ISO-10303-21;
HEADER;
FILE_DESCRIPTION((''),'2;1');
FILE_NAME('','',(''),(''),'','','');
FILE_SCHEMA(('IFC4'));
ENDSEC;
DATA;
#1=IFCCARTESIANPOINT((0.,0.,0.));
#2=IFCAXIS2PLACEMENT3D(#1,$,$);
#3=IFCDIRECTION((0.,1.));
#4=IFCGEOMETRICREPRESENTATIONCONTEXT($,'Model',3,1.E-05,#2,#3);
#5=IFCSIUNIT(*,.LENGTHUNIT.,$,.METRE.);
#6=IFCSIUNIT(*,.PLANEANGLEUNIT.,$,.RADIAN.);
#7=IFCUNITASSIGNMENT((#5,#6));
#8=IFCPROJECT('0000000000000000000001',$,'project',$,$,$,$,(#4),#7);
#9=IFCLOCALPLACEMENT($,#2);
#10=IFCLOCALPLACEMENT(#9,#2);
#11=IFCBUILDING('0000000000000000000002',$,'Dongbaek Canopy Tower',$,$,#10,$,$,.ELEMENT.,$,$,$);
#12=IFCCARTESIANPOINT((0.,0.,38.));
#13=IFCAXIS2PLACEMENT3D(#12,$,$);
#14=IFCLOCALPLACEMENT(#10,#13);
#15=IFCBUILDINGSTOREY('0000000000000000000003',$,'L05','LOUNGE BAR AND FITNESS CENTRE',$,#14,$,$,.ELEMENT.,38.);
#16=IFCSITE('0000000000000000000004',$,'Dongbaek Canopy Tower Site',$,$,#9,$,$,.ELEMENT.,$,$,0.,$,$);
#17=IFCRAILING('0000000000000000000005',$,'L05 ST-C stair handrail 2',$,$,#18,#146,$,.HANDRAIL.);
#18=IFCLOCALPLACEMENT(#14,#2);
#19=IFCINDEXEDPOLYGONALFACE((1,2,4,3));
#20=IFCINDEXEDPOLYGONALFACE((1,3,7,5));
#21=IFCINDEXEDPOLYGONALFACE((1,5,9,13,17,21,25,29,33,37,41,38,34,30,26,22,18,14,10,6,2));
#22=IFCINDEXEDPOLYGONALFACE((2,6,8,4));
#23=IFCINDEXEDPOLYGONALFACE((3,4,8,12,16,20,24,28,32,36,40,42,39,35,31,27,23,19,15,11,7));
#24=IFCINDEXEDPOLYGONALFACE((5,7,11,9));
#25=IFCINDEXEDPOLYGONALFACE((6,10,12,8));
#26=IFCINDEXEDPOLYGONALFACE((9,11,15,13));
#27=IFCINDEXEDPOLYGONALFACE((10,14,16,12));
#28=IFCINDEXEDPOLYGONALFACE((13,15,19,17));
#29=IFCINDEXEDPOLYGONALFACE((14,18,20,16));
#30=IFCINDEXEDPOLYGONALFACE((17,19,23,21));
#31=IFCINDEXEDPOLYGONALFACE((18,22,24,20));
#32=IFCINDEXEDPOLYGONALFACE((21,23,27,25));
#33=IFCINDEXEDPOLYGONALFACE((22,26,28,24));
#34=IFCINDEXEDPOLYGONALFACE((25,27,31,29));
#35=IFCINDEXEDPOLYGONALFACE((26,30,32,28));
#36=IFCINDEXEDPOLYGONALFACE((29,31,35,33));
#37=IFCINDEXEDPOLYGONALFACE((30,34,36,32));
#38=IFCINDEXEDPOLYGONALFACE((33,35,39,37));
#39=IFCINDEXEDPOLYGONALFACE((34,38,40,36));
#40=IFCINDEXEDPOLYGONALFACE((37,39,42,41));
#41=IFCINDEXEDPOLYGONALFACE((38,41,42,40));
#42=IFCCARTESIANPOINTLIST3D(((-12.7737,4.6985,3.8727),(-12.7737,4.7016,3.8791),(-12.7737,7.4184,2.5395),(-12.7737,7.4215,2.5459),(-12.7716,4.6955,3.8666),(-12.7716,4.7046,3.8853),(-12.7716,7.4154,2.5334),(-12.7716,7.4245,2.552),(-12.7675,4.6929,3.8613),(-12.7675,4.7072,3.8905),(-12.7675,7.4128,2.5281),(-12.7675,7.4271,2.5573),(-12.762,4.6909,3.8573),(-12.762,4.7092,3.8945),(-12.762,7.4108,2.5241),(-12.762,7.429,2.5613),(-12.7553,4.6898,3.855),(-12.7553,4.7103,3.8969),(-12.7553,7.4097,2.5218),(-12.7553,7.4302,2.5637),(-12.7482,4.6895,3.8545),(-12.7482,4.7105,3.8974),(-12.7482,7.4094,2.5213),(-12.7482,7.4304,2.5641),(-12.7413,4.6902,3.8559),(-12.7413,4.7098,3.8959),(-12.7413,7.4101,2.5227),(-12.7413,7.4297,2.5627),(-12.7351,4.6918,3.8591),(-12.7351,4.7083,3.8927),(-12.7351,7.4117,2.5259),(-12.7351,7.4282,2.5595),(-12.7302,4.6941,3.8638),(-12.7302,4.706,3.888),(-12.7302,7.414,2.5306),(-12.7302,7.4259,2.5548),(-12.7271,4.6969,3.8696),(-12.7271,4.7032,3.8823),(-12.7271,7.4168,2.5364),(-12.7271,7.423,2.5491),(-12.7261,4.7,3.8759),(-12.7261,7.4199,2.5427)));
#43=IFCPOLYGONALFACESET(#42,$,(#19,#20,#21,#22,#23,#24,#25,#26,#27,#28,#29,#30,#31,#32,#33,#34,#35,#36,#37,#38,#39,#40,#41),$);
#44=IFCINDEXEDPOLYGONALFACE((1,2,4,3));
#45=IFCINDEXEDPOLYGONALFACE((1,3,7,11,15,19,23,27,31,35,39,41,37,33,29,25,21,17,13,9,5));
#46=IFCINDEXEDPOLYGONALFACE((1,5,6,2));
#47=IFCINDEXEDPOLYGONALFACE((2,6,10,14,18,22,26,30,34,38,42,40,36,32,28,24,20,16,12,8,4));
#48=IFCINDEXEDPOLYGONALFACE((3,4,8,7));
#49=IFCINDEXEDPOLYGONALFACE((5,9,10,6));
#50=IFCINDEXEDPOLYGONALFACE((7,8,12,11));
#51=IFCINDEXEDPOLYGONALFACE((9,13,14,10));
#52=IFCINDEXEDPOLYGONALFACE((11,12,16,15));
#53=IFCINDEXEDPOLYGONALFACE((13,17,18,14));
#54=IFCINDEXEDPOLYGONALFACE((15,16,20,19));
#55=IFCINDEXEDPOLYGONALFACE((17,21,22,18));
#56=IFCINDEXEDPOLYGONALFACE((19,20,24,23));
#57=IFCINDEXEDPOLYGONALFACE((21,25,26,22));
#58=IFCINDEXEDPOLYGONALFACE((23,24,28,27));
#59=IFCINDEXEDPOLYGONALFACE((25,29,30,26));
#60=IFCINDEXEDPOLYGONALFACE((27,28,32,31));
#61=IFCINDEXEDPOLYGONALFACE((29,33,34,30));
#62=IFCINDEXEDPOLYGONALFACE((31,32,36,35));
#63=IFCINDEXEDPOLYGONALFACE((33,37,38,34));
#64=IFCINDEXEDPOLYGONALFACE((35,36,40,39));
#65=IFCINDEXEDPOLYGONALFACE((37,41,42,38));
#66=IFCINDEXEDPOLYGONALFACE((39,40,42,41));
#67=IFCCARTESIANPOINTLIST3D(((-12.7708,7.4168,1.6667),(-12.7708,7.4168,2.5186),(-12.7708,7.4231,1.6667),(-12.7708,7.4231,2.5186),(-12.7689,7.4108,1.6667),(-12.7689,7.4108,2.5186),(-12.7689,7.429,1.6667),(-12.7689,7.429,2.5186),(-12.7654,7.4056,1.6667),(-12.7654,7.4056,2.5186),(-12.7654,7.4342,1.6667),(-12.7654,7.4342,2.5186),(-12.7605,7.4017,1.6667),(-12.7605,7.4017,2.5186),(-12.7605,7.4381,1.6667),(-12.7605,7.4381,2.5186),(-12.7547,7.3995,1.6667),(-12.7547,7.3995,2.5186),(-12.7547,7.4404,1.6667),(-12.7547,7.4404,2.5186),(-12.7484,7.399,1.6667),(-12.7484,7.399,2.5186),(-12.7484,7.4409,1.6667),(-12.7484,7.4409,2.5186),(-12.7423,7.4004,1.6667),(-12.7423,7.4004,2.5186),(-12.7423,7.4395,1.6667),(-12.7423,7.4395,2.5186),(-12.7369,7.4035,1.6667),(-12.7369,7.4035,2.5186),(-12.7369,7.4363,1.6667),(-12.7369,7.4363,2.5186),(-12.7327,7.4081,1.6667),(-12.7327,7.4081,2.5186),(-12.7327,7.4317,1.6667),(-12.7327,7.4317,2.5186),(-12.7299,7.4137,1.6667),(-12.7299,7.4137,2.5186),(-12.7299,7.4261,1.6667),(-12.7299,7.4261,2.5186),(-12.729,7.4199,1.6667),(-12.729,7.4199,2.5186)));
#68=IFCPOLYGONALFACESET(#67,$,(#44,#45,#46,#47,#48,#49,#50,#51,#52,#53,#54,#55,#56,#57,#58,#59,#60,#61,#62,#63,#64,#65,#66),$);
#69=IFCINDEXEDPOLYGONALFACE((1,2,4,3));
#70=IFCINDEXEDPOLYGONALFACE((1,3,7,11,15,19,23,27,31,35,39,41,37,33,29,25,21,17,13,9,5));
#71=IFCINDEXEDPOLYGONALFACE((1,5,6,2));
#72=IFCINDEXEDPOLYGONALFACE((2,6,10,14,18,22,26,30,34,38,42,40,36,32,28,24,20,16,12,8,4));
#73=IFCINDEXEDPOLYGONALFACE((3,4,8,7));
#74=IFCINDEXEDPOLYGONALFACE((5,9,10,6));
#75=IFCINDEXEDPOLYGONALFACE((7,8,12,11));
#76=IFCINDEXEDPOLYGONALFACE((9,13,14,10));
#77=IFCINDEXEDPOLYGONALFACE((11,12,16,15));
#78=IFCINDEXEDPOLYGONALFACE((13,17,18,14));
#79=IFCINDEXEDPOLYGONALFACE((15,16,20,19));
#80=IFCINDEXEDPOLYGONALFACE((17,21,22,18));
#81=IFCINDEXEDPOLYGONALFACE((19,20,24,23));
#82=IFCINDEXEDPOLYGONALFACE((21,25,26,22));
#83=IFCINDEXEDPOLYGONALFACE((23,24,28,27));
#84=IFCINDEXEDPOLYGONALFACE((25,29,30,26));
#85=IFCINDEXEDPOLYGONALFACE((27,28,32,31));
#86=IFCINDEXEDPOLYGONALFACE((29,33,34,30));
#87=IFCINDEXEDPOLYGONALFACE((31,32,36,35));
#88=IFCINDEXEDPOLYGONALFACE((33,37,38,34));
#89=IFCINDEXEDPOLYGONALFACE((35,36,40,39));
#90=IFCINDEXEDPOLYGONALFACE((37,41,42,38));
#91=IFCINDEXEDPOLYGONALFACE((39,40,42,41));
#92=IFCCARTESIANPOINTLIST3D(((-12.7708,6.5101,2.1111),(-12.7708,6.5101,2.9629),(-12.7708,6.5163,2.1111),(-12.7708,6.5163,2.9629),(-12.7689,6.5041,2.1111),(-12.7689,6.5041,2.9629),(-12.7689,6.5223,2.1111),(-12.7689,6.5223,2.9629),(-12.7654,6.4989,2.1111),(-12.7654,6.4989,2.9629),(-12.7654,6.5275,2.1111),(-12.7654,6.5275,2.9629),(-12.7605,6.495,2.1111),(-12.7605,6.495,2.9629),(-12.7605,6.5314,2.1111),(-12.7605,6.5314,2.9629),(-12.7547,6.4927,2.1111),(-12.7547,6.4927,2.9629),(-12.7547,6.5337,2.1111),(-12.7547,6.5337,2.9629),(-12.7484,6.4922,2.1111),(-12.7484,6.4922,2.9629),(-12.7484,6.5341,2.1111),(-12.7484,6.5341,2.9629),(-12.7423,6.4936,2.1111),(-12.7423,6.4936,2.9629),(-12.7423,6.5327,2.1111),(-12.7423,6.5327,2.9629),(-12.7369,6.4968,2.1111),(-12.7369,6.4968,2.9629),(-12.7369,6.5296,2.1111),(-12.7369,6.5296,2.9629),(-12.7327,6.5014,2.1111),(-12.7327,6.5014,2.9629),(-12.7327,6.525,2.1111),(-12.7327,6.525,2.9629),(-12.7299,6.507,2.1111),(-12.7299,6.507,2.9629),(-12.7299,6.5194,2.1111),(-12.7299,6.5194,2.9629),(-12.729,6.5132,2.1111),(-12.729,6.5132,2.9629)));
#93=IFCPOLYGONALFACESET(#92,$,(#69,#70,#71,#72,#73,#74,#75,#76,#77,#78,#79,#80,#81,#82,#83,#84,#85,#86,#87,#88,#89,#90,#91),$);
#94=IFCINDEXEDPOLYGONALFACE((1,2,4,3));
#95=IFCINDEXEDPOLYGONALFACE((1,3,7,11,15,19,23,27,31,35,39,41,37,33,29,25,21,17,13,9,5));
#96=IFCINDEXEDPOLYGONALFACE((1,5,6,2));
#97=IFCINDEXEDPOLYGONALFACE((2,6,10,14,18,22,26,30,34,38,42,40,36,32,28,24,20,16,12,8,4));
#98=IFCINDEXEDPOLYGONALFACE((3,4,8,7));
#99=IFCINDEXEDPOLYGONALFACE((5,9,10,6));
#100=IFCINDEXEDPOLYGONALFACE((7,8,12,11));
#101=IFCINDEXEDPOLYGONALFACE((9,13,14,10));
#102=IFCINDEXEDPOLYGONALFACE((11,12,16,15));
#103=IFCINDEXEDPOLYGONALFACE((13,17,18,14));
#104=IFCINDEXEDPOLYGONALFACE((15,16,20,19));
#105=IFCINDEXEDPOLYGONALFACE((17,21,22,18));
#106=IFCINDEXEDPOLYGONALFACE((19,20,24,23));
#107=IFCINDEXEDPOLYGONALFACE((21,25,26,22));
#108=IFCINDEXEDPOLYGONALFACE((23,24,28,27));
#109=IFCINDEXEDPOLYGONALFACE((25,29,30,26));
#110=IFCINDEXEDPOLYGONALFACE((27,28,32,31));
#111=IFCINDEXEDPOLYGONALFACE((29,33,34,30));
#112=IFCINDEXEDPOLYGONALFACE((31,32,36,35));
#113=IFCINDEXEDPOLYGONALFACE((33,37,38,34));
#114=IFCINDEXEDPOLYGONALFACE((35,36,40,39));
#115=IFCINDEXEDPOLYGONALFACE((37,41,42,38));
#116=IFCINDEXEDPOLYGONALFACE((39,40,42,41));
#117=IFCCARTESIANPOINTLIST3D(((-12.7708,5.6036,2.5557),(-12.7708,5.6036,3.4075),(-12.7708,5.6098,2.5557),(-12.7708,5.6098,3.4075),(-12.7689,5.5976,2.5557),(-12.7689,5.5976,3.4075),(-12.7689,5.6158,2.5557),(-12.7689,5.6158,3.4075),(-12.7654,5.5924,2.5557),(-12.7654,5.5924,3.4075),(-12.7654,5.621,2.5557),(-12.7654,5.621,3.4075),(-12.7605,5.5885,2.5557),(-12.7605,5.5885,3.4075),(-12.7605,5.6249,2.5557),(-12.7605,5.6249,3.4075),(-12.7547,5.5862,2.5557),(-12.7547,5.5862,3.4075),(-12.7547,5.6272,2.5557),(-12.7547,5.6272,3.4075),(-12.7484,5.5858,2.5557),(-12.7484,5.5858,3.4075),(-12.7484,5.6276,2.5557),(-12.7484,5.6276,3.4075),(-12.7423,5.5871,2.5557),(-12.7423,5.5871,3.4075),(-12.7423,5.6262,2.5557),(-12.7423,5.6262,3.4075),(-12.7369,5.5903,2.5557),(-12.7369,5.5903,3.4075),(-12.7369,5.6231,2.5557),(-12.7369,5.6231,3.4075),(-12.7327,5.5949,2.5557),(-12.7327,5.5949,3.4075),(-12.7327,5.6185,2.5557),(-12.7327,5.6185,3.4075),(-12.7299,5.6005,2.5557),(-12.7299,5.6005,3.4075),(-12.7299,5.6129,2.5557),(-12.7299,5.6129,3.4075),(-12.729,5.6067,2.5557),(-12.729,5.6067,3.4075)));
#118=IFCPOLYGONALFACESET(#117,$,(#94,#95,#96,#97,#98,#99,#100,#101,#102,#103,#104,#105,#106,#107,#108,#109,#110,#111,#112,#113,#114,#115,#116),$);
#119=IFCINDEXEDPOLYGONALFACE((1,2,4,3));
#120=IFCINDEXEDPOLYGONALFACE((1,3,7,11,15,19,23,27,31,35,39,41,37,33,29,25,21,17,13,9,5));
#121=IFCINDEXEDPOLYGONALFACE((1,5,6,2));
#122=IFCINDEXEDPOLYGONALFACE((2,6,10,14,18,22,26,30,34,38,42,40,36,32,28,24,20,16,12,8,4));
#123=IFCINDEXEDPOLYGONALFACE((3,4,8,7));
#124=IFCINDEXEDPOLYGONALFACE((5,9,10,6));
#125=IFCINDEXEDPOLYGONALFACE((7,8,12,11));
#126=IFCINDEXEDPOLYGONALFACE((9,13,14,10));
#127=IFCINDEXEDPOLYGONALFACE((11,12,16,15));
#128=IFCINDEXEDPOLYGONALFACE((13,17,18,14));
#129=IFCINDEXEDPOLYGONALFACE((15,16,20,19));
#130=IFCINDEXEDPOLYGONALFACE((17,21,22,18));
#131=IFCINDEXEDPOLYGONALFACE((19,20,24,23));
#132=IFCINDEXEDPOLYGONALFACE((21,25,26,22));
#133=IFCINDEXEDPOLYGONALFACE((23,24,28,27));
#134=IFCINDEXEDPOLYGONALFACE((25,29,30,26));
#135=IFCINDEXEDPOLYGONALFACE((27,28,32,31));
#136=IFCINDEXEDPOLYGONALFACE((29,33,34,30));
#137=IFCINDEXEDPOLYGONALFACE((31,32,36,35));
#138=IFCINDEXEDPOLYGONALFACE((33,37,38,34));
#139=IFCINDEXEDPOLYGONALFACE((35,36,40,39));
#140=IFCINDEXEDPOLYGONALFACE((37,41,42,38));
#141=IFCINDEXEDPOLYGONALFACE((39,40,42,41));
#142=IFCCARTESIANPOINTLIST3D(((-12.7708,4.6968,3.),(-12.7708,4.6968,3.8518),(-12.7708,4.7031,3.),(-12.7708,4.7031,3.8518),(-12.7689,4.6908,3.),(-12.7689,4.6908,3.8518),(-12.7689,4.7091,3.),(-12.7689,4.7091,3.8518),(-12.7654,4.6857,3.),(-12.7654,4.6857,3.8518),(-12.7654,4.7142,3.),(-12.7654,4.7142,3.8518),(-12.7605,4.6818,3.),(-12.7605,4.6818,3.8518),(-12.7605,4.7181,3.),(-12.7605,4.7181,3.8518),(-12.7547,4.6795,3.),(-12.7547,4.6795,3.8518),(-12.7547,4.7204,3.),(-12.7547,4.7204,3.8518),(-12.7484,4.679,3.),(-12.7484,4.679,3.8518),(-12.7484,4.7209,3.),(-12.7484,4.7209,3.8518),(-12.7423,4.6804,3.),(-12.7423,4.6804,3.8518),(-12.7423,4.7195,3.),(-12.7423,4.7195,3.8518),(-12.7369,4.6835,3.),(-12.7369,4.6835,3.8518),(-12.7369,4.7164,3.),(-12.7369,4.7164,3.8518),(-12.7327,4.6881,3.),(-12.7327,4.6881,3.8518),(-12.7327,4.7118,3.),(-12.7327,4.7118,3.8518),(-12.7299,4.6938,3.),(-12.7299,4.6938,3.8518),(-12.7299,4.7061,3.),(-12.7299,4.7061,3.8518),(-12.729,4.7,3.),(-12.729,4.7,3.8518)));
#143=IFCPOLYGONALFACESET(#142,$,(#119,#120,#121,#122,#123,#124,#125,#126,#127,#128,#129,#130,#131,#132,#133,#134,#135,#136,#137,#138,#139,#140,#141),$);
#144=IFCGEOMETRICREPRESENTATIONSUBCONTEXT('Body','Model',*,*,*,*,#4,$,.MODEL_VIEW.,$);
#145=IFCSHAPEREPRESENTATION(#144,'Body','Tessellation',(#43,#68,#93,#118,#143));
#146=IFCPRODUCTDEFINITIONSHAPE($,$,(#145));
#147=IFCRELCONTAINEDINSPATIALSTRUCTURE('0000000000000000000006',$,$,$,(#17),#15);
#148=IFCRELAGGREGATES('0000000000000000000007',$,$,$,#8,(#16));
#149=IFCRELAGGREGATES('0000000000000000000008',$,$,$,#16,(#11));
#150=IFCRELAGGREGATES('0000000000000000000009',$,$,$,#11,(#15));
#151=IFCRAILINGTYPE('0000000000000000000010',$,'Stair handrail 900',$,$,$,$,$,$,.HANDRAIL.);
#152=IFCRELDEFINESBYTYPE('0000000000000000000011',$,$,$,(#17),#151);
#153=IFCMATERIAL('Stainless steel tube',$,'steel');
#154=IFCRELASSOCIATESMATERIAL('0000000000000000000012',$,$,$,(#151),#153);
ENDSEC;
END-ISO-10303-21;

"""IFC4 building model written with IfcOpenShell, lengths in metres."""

from ifc_helpers import new_model, si_unit, direction, frame, origin, origin_2d, place, context, subcontext, project, spatial, circle, extrude, material, type_object, element, save


model = new_model("IFC4")

# Units and contexts
model_context = context("Model", 3, precision=1e-05, world=origin(), true_north=direction((0.0, 1.0)))
body_context = subcontext(model_context, "Body", "Model", "MODEL_VIEW")
ifc_project = project(units=[si_unit("LENGTHUNIT", "METRE"), si_unit("PLANEANGLEUNIT", "RADIAN")], contexts=[model_context])

# Site, building, storey
site_placement = place(None, origin())
site = spatial("IfcSite", under=ifc_project, at=site_placement, Name="Dongbaek Canopy Tower Site", CompositionType="ELEMENT", RefElevation=0.0)
building_placement = place(site_placement, origin())
building = spatial("IfcBuilding", under=site, at=building_placement, Name="Dongbaek Canopy Tower", CompositionType="ELEMENT")
storey_placement = place(building_placement, frame((0.0, 0.0, 38.0)))
storey = spatial("IfcBuildingStorey", under=building, at=storey_placement, Name="L05", Description="LOUNGE BAR AND FITNESS CENTRE", CompositionType="ELEMENT", Elevation=38.0)

# Railing
ifc_material_1 = material(Name="Stainless steel tube", Category="steel")
railing_type_1 = type_object("IfcRailingType", Name="Stair handrail 900", PredefinedType="HANDRAIL", material=ifc_material_1)
for number, where, name in (
    (1, (-12.75, 7.4199, 1.6667), "L05 ST-C stair handrail 2"),
):
    element("IfcRailing", number, at=place(storey_placement, frame(where)), inside=storey, type_object=railing_type_1, Name=name, PredefinedType="HANDRAIL", context=body_context, shape_type="SweptSolid", body=[
        extrude(circle(Radius=0.0239, at=origin_2d()), frame((0.0, 0.0, 0.876), z_axis=(0.0, -0.897929, 0.440139), x_axis=(1.0, 0.0, 0.0)), (0.0, 0.0, 1.0), 3.0291),
        extrude(circle(Radius=0.021, at=origin_2d()), origin(), (0.0, 0.0, 1.0), 0.8518),
        extrude(circle(Radius=0.021, at=origin_2d()), frame((0.0, -0.9067, 0.4443)), (0.0, 0.0, 1.0), 0.8518),
        extrude(circle(Radius=0.021, at=origin_2d()), frame((0.0, -1.8132, 0.8889)), (0.0, 0.0, 1.0), 0.8518),
        extrude(circle(Radius=0.021, at=origin_2d()), frame((0.0, -2.72, 1.3333)), (0.0, 0.0, 1.0), 0.8518),
    ])

save(model, "model.ifc")
